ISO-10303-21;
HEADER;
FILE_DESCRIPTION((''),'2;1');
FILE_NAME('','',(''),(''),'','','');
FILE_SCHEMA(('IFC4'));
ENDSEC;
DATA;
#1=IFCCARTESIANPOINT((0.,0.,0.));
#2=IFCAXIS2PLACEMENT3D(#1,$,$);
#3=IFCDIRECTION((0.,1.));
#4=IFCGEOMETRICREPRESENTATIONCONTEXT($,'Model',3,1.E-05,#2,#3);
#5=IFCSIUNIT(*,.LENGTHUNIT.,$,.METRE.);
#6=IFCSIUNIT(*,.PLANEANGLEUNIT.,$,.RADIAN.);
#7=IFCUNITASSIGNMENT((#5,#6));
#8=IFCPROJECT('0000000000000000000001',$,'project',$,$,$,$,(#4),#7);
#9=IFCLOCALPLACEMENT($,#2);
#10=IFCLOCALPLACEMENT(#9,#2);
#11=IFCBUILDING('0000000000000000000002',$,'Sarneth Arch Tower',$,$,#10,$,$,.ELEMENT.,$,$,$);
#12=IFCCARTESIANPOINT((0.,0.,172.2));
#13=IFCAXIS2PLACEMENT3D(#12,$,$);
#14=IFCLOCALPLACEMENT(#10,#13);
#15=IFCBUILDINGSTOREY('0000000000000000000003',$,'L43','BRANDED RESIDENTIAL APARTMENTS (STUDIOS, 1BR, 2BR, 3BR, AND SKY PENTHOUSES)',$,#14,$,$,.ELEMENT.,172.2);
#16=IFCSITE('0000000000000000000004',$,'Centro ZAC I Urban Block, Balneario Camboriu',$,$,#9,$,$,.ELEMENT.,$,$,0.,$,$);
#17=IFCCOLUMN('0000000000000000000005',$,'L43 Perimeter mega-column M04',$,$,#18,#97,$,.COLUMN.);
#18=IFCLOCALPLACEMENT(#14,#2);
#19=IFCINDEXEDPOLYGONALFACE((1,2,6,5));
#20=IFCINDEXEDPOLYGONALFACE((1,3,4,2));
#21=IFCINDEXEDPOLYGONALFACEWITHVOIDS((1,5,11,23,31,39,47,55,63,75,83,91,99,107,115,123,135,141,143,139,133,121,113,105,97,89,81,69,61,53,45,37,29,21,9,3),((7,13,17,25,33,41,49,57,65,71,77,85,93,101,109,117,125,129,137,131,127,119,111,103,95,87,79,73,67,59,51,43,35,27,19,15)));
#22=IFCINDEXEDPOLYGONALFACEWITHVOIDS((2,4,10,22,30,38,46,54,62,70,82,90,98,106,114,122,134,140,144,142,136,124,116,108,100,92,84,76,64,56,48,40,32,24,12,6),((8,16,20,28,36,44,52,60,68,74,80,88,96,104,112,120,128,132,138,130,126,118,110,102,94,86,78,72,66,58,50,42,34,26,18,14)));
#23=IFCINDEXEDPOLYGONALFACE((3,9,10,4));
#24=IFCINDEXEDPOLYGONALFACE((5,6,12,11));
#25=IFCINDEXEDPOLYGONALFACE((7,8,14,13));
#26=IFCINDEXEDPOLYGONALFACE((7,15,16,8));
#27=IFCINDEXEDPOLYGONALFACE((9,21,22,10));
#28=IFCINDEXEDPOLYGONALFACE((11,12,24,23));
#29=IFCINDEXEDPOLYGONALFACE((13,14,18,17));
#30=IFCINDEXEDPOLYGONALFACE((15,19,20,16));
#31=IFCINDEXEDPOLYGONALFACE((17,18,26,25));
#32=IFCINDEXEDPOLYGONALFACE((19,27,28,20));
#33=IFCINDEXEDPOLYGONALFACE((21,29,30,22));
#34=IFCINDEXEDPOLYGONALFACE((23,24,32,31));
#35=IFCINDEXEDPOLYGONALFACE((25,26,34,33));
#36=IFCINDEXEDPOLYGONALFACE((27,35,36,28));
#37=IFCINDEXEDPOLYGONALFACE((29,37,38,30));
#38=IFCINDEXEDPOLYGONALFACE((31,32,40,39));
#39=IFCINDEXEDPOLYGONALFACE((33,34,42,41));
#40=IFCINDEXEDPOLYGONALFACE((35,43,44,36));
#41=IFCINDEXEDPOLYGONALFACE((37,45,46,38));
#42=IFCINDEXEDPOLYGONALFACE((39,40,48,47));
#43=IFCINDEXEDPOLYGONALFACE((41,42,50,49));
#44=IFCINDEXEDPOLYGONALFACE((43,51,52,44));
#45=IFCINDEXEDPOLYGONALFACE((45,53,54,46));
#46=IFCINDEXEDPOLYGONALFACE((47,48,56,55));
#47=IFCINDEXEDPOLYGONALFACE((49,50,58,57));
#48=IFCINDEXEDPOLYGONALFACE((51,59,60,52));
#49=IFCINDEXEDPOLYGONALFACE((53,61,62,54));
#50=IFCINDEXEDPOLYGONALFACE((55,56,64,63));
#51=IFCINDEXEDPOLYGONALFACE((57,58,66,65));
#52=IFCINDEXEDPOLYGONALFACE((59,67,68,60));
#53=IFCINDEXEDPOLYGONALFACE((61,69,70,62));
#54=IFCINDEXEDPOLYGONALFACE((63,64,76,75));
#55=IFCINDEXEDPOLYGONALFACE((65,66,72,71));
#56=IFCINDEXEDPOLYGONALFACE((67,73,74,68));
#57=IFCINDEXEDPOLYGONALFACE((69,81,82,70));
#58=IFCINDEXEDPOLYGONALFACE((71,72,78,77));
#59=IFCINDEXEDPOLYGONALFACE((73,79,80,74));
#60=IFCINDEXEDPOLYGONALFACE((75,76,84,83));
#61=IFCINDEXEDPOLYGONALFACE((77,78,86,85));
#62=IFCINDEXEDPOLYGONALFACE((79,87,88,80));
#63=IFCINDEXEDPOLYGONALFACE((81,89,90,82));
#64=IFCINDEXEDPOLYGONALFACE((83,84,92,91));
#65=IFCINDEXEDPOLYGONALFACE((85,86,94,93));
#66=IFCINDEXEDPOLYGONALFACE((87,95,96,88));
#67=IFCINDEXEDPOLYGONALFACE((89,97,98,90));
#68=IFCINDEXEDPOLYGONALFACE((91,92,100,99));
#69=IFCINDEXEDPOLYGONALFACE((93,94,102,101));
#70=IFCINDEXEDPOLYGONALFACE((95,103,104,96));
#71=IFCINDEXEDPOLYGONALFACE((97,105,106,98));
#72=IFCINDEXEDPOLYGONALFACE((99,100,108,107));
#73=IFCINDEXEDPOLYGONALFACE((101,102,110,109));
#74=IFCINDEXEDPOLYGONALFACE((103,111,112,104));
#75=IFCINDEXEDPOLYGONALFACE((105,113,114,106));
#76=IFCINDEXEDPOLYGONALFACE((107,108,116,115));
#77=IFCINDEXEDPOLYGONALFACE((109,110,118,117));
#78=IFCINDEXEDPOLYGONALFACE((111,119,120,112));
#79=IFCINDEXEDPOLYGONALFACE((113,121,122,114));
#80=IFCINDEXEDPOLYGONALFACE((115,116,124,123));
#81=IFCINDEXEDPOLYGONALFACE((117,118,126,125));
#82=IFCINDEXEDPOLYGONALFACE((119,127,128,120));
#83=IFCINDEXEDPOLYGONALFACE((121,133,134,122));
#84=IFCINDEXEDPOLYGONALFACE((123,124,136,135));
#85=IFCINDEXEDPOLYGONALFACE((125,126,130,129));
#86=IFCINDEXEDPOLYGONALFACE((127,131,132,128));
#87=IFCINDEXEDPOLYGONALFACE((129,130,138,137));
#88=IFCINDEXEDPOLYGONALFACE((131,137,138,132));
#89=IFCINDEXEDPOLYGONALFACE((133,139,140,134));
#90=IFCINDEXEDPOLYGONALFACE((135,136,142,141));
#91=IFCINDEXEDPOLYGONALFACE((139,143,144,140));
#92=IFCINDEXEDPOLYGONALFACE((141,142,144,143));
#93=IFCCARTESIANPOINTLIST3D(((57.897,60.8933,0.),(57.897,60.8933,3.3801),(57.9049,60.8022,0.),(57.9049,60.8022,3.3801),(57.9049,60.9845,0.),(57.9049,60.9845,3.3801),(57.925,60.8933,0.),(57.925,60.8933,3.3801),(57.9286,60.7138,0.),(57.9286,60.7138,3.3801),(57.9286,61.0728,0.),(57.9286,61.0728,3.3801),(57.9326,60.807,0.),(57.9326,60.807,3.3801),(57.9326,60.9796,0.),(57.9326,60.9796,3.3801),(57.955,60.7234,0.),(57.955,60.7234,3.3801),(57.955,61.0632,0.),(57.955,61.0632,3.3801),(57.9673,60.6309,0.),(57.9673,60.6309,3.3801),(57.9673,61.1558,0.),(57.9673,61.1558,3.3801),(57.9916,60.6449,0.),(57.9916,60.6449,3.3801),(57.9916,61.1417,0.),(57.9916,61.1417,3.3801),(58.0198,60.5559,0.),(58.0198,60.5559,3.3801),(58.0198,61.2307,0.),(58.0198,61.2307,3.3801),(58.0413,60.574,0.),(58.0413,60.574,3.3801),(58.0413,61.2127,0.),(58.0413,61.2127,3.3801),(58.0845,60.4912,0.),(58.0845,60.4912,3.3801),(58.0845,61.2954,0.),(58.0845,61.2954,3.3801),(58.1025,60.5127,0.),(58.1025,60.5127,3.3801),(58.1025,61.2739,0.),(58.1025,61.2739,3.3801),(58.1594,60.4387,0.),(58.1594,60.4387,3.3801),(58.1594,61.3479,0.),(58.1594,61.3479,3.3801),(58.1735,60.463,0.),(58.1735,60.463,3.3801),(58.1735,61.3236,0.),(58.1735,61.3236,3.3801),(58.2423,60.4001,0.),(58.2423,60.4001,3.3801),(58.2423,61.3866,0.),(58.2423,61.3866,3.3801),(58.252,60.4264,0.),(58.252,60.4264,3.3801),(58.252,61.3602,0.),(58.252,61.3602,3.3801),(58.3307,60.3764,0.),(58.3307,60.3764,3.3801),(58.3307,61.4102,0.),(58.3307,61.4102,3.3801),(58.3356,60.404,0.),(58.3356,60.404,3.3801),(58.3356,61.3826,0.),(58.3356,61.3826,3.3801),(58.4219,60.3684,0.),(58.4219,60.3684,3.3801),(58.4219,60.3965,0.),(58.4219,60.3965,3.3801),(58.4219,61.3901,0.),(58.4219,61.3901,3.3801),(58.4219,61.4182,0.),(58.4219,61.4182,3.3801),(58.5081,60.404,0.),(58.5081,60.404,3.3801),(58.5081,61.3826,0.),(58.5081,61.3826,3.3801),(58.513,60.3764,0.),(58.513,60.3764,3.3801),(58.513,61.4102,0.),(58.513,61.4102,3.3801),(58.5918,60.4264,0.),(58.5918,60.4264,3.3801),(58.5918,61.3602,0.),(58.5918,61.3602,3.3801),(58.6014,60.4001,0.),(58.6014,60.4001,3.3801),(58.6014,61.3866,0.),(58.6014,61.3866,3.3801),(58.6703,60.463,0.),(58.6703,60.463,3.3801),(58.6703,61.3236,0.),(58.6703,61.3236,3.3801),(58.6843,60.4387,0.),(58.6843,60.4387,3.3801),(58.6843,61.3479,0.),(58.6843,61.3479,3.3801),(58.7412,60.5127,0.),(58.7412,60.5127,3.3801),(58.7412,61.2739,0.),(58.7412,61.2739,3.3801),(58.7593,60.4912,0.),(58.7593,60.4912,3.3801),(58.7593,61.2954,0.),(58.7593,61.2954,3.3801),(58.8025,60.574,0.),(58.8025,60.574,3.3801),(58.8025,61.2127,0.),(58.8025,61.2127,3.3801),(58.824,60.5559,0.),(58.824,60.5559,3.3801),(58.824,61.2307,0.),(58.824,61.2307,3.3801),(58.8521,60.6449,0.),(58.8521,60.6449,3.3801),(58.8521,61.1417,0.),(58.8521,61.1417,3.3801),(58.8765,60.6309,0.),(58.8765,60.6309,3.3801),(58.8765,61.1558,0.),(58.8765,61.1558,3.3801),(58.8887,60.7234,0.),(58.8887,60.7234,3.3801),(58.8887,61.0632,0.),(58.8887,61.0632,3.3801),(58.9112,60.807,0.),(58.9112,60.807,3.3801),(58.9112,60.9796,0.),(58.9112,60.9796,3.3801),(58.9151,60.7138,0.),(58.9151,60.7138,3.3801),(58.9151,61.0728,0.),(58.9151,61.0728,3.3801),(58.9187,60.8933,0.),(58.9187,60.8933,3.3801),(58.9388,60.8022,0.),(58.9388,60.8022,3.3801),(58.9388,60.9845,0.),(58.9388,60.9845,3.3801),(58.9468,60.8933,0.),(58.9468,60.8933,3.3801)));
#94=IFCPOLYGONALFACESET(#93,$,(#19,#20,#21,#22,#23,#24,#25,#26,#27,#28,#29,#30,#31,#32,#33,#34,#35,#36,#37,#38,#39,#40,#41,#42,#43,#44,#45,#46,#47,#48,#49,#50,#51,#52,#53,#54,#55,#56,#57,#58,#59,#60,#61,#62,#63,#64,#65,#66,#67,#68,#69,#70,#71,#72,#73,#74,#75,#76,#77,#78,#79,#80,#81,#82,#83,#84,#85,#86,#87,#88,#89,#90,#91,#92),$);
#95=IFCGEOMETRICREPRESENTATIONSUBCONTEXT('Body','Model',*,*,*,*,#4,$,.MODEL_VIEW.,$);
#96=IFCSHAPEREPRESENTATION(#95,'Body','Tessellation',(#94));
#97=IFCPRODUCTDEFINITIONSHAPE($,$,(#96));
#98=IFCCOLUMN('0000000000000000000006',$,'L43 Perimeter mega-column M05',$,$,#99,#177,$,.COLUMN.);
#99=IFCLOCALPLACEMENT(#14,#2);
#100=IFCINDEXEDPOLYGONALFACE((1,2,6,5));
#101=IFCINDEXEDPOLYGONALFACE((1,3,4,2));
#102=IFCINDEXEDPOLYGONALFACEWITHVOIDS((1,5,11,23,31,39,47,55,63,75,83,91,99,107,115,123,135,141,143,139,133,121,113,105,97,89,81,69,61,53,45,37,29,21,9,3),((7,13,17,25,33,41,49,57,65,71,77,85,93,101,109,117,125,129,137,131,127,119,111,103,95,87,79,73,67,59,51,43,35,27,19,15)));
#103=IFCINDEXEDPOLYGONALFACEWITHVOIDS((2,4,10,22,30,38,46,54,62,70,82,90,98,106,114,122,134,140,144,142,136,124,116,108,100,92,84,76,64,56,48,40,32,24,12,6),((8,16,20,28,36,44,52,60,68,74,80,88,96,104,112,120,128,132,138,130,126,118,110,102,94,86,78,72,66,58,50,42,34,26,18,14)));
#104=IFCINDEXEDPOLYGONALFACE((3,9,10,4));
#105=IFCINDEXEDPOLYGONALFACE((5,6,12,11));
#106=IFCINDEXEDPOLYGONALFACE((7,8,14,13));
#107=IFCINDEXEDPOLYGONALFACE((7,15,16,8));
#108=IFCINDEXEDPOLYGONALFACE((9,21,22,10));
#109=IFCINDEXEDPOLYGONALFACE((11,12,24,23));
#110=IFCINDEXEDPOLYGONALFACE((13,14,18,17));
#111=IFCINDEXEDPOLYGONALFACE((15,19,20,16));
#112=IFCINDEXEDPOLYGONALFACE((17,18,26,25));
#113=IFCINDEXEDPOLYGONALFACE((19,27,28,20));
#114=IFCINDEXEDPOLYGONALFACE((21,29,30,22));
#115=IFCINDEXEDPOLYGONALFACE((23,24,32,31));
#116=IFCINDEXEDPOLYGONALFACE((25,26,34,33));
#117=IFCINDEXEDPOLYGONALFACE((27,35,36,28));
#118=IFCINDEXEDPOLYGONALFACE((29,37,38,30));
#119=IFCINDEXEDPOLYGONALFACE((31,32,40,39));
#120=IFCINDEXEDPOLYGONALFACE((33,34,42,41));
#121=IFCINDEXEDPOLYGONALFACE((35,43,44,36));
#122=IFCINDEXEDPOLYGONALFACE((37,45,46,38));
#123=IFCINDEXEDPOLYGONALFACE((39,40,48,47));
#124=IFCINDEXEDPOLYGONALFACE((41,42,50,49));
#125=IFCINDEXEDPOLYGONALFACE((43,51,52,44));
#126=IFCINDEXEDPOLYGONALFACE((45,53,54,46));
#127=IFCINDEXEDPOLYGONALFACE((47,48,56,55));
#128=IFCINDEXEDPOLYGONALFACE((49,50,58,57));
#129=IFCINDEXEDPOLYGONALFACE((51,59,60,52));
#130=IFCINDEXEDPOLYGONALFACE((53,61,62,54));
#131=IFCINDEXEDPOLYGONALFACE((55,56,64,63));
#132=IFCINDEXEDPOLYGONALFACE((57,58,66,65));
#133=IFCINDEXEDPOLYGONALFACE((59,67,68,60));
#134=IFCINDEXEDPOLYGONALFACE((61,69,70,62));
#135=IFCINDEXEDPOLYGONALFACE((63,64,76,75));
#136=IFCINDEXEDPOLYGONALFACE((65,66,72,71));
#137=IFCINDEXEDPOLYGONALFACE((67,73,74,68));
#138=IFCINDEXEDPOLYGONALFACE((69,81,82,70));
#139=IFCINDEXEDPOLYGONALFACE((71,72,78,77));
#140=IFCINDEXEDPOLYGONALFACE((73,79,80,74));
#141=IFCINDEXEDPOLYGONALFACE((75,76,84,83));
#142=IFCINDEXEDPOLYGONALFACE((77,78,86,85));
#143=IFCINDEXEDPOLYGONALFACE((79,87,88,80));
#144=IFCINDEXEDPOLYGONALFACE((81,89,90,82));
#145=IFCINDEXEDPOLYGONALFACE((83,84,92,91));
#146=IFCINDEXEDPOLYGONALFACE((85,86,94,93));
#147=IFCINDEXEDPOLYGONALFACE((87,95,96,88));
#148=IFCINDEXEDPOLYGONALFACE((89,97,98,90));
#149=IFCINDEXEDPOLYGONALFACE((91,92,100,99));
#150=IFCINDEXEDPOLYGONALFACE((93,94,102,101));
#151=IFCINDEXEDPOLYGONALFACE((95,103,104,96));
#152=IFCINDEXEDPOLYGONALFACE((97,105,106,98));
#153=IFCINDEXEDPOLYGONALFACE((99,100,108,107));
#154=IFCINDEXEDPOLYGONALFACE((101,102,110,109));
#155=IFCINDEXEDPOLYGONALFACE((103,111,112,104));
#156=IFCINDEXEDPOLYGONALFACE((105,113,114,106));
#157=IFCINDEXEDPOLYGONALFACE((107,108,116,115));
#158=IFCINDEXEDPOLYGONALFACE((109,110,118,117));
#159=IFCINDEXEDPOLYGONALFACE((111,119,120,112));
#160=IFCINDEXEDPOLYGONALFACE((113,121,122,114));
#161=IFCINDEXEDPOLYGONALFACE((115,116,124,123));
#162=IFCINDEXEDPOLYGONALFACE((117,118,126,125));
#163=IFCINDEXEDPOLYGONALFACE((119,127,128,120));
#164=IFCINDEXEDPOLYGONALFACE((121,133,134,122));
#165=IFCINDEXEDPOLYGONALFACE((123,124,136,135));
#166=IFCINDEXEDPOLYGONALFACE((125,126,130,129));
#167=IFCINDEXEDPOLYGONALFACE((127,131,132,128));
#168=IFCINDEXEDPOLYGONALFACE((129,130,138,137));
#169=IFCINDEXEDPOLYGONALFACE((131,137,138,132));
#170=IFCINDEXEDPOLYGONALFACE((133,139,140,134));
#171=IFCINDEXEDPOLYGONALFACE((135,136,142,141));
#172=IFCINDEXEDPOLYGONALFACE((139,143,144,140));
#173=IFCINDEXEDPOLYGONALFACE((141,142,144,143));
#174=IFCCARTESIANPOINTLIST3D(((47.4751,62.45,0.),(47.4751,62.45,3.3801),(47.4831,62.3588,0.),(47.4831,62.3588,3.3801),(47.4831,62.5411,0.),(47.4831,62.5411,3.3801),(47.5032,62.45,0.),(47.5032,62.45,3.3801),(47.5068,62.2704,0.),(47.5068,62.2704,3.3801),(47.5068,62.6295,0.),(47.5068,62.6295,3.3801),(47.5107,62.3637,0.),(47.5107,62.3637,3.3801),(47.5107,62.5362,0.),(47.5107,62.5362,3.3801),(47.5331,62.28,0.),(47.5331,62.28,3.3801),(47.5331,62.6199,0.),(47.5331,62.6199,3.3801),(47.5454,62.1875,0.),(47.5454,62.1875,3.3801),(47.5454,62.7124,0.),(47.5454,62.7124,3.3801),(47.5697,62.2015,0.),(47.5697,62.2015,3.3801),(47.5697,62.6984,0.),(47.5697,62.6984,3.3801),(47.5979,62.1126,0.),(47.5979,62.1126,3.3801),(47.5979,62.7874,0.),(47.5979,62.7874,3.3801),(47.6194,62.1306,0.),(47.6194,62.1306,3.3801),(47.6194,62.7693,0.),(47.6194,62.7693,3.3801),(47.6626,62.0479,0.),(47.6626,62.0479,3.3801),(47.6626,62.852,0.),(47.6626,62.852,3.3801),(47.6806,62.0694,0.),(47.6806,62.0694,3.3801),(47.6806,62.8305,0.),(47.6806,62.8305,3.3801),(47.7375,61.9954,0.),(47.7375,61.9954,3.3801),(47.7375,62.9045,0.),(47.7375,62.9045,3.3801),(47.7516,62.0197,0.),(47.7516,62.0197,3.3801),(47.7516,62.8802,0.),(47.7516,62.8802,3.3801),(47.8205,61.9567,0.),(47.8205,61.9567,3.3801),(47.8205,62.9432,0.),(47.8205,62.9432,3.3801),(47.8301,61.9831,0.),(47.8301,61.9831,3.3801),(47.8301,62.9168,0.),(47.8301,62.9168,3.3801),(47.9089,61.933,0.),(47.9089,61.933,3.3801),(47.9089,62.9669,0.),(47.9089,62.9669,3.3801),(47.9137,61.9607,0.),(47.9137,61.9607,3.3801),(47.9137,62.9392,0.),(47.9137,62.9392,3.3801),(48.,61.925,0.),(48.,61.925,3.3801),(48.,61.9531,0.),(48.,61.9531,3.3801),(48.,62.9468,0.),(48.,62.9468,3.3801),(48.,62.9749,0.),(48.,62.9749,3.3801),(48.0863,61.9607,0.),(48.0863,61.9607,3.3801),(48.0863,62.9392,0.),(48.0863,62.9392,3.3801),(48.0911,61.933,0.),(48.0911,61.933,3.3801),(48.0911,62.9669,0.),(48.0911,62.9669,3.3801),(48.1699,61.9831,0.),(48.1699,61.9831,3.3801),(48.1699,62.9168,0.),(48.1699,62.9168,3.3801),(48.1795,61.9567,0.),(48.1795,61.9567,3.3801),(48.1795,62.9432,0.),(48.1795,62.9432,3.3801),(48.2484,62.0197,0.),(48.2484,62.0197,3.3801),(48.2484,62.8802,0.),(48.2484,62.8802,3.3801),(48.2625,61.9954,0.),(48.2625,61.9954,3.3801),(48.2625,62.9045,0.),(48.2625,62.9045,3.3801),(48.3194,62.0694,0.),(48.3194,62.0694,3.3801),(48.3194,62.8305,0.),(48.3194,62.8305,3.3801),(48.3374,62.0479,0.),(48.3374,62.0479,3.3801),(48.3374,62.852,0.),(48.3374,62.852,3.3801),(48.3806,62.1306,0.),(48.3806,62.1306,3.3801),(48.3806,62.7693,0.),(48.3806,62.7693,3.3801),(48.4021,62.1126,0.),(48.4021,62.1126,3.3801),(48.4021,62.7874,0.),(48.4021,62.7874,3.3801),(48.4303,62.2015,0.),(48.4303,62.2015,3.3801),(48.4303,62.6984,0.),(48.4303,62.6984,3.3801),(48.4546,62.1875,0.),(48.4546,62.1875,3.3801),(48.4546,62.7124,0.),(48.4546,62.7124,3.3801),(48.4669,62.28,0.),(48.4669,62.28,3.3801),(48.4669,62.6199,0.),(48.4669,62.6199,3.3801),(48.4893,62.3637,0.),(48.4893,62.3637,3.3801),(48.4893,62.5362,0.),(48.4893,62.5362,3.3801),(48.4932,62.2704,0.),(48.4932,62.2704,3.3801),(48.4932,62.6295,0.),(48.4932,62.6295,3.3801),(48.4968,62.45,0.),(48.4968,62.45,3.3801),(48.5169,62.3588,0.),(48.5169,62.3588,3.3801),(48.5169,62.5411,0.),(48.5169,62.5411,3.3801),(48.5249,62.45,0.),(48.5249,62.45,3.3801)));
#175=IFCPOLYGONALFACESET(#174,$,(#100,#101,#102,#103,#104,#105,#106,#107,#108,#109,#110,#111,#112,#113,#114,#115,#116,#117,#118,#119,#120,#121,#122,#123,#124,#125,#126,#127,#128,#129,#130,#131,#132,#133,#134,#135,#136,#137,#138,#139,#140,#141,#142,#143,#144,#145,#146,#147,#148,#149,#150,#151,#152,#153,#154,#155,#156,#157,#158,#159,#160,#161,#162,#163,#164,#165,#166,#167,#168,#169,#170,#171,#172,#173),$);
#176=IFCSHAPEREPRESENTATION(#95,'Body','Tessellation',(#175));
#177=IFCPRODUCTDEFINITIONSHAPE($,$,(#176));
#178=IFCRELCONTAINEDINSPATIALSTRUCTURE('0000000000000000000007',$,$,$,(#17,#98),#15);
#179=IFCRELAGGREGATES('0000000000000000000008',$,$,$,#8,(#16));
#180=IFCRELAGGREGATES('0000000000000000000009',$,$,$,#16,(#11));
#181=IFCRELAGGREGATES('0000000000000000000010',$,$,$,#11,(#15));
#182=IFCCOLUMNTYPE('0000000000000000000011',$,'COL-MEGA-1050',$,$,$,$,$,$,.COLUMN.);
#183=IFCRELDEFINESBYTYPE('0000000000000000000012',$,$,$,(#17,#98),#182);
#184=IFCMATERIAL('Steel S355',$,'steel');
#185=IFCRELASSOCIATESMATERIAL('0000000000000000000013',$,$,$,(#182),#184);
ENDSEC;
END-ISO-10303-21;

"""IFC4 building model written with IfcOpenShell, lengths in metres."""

from ifc_helpers import new_model, si_unit, direction, frame, origin, origin_2d, place, context, subcontext, project, spatial, hollow_circle, extrude, material, material_profile, profile_set, type_object, element, save


model = new_model("IFC4")

# Units and contexts
model_context = context("Model", 3, precision=1e-05, world=origin(), true_north=direction((0.0, 1.0)))
body_context = subcontext(model_context, "Body", "Model", "MODEL_VIEW")
ifc_project = project(units=[si_unit("LENGTHUNIT", "METRE"), si_unit("PLANEANGLEUNIT", "RADIAN")], contexts=[model_context])

# Site, building, storey
site_placement = place(None, origin())
site = spatial("IfcSite", under=ifc_project, at=site_placement, Name="Centro ZAC I Urban Block, Balneario Camboriu", CompositionType="ELEMENT", RefElevation=0.0)
building_placement = place(site_placement, origin())
building = spatial("IfcBuilding", under=site, at=building_placement, Name="Sarneth Arch Tower", CompositionType="ELEMENT")
storey_placement = place(building_placement, frame((0.0, 0.0, 172.2)))
storey = spatial("IfcBuildingStorey", under=building, at=storey_placement, Name="L43", Description="BRANDED RESIDENTIAL APARTMENTS (STUDIOS, 1BR, 2BR, 3BR, AND SKY PENTHOUSES)", CompositionType="ELEMENT", Elevation=172.2)

# Columns
ifc_material_1 = material(Name="Steel S355", Category="steel")
ifc_material_profile_1 = material_profile(ifc_material_1, hollow_circle(Radius=0.5249, WallThickness=0.0281, at=origin_2d()), Name="CHS1050x28")
ifc_profile_set_1 = profile_set([ifc_material_profile_1], Name="Steel S355")
column_type = type_object("IfcColumnType", Name="COL-MEGA-1050", PredefinedType="COLUMN", material=ifc_profile_set_1)
for number, where, z_axis, x_axis, name in (
    (1, (58.4219, 60.8933, 0.0), (0.0, 0.0, 1.0), (1.0, 0.0, 0.0), "L43 Perimeter mega-column M04"),
    (2, (48.0, 62.45, 0.0), (0.0, 0.0, 1.0), (1.0, 0.0, 0.0), "L43 Perimeter mega-column M05"),
):
    element("IfcColumn", number, at=place(storey_placement, frame(where, z_axis=z_axis, x_axis=x_axis)), inside=storey, type_object=column_type, Name=name, PredefinedType="COLUMN", context=body_context, shape_type="SweptSolid", body=[
        extrude(hollow_circle(Radius=0.5249, WallThickness=0.0281, at=origin_2d()), origin(), (0.0, 0.0, 1.0), 3.3801),
    ])

save(model, "model.ifc")
